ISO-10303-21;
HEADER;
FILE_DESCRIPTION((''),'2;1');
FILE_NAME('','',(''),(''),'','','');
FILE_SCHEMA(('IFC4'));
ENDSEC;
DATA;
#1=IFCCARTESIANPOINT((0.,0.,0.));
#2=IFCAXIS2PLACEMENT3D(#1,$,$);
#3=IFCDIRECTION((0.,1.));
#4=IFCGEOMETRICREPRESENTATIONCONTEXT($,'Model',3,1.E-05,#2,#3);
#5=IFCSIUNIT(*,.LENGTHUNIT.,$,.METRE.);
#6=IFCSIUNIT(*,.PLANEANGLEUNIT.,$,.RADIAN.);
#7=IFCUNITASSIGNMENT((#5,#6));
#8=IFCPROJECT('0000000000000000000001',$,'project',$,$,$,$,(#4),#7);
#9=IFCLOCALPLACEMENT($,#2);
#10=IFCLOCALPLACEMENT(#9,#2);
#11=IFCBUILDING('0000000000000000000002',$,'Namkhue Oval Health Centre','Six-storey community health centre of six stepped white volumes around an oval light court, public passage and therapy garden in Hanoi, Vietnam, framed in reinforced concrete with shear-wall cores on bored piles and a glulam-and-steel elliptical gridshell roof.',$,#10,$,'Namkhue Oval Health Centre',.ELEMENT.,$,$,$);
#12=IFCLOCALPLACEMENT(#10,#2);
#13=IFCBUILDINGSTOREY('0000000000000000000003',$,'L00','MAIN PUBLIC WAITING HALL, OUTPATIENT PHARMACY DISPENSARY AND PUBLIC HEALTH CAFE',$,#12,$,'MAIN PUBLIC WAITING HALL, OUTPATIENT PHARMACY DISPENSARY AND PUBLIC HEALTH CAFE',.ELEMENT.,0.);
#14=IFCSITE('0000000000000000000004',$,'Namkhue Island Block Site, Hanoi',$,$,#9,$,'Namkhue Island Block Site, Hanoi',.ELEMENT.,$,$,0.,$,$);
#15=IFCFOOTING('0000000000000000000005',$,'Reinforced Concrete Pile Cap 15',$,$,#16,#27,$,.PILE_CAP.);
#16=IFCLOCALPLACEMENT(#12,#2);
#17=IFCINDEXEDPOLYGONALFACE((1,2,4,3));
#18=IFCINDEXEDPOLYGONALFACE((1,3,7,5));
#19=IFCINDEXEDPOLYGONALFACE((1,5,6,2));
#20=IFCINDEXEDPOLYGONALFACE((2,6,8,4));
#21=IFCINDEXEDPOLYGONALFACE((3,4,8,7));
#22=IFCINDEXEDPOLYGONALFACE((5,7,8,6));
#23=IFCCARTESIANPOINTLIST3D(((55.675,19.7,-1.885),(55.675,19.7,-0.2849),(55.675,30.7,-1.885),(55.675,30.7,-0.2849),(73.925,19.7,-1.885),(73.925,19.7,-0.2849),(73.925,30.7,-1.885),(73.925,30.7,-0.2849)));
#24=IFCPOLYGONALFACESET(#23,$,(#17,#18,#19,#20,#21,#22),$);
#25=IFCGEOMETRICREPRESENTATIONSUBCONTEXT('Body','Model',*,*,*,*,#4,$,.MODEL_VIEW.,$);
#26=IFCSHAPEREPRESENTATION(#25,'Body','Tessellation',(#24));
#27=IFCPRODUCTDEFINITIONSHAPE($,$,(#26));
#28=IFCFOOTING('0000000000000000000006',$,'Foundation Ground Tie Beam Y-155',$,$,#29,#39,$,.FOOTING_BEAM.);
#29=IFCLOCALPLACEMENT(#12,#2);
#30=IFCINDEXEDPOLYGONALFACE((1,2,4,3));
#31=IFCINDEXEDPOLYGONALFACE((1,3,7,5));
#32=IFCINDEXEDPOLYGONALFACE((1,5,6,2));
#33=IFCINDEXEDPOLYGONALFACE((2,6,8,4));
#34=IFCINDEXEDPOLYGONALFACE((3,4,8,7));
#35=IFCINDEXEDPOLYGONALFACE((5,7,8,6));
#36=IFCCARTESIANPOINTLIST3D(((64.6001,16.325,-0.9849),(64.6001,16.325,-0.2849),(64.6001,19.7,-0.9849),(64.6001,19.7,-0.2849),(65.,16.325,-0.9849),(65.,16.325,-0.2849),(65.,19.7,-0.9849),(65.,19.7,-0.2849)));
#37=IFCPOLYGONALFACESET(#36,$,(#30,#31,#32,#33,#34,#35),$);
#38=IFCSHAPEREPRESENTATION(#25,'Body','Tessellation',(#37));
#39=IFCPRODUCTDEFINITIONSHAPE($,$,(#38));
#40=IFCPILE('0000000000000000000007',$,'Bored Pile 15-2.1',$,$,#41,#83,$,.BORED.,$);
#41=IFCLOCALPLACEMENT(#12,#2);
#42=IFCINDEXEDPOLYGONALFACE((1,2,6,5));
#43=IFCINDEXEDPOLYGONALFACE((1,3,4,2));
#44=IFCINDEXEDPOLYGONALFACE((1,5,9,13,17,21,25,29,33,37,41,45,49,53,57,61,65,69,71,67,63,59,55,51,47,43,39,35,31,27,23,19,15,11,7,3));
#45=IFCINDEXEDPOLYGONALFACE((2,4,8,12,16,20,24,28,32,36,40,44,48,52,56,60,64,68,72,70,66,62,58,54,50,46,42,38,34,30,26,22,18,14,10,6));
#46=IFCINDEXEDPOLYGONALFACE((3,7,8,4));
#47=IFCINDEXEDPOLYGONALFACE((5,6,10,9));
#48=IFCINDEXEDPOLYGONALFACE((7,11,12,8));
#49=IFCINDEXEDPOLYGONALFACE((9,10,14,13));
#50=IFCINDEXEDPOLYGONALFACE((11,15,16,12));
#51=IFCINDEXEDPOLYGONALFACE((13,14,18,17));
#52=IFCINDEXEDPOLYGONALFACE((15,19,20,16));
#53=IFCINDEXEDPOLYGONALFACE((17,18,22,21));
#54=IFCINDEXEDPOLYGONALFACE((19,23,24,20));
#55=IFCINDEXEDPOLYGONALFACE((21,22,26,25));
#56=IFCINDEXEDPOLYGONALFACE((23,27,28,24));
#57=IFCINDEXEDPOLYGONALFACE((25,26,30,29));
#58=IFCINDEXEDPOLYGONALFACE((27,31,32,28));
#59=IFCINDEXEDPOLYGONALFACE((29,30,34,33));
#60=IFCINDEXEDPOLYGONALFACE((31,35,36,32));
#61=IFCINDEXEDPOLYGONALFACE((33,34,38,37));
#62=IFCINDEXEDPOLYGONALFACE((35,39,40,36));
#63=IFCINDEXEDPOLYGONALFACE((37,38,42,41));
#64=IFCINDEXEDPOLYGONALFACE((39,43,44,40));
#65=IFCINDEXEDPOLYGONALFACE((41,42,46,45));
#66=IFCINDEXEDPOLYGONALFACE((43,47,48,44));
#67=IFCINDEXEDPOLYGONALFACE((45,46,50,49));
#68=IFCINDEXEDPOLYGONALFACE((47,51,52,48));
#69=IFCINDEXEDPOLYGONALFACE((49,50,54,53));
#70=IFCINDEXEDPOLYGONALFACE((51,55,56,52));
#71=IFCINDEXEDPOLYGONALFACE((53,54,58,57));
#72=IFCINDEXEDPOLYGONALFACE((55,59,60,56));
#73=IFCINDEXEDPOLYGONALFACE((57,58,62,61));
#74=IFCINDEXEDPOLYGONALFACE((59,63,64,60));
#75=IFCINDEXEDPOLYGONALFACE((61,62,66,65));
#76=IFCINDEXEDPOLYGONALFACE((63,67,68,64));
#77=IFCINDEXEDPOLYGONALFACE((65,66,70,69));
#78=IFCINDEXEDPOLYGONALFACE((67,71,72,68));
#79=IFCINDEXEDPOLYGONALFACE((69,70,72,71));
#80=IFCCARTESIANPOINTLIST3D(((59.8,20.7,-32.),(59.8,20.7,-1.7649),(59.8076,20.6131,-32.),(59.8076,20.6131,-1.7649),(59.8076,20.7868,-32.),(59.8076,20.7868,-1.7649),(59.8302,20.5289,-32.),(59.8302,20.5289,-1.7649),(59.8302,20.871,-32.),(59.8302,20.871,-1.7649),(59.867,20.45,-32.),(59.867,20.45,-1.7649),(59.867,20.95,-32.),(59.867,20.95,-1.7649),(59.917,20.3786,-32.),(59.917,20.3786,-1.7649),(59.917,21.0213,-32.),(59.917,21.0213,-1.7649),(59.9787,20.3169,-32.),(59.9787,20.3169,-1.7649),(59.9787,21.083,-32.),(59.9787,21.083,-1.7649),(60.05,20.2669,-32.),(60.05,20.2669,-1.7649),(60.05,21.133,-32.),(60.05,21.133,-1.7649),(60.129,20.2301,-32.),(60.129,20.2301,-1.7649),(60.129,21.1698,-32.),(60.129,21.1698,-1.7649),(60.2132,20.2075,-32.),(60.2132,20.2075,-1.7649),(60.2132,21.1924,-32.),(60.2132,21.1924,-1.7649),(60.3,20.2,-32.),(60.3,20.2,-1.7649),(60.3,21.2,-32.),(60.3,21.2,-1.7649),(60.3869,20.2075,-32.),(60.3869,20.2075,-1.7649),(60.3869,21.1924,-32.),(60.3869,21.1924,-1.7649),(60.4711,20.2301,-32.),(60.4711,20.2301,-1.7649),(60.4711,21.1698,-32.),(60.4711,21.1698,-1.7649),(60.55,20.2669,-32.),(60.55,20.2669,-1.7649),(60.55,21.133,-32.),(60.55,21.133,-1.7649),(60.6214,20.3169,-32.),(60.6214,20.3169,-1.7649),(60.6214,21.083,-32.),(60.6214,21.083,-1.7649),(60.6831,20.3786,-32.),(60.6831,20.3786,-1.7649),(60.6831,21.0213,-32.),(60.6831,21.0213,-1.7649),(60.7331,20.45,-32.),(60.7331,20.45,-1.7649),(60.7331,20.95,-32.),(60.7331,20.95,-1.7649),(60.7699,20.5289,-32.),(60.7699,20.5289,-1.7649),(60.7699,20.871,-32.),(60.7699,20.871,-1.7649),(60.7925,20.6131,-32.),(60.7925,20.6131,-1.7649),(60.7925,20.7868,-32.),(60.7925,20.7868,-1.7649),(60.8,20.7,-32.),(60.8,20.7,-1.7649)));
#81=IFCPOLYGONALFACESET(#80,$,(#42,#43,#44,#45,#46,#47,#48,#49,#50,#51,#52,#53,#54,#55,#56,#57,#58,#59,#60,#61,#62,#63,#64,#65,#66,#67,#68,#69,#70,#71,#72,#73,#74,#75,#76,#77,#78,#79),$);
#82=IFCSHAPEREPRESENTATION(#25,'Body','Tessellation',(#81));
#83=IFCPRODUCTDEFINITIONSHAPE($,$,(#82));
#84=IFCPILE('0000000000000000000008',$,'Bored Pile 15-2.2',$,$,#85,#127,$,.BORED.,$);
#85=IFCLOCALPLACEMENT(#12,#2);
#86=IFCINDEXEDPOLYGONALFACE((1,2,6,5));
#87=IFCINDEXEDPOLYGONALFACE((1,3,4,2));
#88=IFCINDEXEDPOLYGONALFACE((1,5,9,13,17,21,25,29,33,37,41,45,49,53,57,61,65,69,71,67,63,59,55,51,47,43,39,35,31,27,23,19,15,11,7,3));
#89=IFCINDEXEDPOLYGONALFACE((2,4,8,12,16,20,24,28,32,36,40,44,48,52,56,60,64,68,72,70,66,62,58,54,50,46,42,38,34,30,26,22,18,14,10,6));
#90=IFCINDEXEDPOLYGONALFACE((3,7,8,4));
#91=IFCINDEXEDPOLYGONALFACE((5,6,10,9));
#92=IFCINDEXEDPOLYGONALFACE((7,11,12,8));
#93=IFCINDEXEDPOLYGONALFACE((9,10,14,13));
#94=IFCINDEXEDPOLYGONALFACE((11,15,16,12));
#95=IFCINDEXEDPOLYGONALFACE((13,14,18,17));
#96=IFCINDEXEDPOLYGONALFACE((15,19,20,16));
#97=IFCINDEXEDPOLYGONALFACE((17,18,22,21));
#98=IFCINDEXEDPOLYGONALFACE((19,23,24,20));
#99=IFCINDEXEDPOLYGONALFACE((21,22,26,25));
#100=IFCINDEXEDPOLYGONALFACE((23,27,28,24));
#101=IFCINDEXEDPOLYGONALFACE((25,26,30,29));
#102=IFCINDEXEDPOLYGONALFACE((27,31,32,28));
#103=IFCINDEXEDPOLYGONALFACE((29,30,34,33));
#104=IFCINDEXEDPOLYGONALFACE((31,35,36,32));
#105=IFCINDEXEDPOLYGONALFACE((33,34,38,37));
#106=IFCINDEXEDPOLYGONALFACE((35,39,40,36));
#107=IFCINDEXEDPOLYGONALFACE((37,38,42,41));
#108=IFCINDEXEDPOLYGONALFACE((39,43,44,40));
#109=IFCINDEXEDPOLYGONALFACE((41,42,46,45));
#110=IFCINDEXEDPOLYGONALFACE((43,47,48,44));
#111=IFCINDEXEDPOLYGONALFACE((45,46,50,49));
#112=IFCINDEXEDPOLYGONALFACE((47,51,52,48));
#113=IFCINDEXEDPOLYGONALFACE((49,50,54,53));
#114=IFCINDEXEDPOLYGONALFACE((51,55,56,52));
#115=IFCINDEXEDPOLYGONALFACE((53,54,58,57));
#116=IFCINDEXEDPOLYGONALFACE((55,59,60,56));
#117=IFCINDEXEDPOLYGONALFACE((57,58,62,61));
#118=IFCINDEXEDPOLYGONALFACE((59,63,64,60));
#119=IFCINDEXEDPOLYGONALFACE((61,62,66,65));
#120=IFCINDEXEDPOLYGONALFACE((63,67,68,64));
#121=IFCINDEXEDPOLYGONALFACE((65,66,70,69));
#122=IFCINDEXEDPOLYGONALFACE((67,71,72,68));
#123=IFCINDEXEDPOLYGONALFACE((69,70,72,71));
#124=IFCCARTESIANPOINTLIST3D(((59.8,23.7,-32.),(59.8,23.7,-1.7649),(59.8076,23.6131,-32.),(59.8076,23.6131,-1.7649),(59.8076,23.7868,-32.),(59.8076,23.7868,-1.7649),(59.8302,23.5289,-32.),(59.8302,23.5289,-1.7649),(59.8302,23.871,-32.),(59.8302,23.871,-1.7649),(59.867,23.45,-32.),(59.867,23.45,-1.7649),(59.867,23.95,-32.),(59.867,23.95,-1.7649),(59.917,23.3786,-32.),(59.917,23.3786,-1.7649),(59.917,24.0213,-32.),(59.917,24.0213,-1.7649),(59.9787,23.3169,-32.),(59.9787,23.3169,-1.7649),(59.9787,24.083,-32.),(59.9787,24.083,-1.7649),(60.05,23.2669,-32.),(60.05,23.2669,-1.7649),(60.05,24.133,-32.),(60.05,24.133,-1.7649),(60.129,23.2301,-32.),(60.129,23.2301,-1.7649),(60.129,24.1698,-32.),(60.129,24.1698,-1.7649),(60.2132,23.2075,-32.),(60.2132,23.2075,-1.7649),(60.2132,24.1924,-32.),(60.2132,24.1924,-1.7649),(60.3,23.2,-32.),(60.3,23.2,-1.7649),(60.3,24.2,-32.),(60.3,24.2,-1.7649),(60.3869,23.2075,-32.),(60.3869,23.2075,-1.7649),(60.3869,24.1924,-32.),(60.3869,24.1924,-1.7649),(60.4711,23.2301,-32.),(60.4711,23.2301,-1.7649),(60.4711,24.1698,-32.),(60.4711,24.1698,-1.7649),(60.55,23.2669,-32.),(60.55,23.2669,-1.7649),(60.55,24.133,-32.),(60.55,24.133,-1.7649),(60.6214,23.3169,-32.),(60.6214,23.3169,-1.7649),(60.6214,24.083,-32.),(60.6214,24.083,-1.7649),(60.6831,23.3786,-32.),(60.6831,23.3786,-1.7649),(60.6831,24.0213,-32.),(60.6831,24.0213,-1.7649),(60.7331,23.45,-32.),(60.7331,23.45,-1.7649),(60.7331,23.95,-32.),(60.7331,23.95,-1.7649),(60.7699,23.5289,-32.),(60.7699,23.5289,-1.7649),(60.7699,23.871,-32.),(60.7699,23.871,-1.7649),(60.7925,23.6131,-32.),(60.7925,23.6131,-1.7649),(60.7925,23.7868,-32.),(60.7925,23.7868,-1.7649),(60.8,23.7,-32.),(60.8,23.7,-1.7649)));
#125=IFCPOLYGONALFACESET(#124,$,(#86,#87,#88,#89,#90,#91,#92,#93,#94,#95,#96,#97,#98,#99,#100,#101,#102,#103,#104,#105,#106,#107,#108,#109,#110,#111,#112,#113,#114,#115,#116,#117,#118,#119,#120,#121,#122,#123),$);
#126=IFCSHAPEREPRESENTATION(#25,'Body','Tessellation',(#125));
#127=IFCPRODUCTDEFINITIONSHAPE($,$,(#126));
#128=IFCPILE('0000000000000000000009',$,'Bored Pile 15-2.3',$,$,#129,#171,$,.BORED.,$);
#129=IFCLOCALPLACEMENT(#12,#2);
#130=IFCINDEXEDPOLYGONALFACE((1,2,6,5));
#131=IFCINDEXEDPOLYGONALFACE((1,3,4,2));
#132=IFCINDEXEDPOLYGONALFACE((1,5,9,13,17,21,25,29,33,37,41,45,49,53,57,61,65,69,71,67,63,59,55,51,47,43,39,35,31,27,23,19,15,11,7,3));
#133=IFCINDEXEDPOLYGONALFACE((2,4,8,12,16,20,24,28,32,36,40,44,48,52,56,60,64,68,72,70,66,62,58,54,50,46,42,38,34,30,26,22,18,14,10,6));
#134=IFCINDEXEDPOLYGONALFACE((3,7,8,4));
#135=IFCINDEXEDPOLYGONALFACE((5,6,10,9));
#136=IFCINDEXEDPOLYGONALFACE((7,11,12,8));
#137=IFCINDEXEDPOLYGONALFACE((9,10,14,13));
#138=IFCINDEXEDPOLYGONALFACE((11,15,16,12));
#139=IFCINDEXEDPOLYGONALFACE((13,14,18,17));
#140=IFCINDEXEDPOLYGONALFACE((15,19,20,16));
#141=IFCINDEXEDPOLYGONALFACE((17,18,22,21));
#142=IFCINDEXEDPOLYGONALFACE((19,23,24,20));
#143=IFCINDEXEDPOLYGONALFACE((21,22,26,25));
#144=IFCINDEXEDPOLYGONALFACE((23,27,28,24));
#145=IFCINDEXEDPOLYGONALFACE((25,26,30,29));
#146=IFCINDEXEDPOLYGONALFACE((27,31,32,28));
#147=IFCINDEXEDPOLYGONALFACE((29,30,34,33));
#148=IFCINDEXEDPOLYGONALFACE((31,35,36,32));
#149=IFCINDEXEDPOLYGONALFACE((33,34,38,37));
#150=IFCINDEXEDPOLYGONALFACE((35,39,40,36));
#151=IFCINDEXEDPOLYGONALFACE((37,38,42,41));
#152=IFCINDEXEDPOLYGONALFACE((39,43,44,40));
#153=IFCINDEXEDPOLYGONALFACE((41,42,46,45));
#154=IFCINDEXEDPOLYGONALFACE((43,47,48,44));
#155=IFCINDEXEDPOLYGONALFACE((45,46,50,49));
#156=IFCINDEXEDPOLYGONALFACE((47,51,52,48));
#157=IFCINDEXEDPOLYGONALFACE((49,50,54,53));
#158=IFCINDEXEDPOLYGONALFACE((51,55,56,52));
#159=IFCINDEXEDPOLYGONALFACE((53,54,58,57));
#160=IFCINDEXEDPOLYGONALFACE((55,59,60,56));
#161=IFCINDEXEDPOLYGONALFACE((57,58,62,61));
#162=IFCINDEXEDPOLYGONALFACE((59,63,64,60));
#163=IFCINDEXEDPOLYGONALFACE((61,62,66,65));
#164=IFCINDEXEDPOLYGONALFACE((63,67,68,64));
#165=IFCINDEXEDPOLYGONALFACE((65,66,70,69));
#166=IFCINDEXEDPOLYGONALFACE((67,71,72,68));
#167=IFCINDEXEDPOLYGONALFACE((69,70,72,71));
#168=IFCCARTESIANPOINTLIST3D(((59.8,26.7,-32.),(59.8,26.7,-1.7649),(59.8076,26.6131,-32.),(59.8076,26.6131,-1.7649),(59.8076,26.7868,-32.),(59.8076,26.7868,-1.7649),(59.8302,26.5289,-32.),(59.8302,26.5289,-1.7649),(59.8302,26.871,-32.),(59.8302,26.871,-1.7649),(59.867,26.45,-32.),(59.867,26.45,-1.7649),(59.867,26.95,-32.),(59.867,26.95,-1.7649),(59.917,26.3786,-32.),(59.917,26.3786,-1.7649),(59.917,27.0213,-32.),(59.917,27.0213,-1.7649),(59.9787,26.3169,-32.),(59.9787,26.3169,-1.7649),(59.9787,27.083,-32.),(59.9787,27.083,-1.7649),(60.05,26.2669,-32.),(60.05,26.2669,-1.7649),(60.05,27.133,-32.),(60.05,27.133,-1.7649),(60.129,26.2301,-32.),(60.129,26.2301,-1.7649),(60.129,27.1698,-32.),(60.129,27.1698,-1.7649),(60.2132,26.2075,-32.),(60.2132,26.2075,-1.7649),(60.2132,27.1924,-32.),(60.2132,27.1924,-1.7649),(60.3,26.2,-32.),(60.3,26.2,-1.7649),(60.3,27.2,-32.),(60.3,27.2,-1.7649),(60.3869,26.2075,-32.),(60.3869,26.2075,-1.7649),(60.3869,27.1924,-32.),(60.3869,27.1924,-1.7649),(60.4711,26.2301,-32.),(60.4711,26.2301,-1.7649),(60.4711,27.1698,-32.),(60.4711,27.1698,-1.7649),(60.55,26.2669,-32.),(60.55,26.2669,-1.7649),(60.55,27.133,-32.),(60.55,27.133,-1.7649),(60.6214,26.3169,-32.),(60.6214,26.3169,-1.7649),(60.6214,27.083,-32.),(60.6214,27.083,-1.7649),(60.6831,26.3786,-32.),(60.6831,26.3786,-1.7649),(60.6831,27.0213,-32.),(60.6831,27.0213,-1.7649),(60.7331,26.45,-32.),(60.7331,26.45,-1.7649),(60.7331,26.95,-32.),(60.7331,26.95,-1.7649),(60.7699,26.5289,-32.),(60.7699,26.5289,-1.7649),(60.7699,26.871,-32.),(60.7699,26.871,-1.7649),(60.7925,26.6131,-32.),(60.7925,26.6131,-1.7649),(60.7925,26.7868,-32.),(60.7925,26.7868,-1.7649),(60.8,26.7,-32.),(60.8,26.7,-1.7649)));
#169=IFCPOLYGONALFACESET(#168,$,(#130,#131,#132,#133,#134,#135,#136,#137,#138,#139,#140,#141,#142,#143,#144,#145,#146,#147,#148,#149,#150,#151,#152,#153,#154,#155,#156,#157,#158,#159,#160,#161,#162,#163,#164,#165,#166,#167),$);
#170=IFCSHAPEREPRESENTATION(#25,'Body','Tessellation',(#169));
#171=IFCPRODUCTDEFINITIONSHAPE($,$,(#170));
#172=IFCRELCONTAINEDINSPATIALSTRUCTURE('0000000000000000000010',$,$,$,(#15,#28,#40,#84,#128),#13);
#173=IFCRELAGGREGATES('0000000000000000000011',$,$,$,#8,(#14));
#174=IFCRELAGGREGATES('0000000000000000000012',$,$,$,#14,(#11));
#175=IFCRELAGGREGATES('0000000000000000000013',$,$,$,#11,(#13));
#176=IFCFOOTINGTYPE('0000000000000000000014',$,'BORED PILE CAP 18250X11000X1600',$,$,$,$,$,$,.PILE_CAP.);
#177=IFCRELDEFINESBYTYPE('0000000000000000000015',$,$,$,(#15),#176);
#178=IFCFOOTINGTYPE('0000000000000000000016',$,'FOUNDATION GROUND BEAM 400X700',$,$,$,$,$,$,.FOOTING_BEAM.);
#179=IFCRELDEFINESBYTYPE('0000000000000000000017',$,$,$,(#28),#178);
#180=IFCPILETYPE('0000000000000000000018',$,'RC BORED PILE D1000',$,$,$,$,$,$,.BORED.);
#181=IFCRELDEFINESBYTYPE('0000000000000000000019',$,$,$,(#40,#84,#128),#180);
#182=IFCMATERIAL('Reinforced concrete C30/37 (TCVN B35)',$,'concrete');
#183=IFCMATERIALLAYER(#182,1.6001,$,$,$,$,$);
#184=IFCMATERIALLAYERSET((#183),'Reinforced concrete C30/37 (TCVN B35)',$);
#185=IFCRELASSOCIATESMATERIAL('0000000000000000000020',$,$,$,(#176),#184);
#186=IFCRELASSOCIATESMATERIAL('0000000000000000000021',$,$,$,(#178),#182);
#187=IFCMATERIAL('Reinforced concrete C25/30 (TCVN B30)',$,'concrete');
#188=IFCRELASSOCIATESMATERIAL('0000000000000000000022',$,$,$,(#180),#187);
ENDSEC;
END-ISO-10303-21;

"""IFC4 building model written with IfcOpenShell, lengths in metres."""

from ifc_helpers import new_model, si_unit, direction, frame, origin, origin_2d, place, context, subcontext, project, spatial, rectangle, circle, extrude, material, layer, layer_set, material_profile, profile_set, type_object, element, save


model = new_model("IFC4")

# Units and contexts
model_context = context("Model", 3, precision=1e-05, world=origin(), true_north=direction((0.0, 1.0)))
body_context = subcontext(model_context, "Body", "Model", "MODEL_VIEW")
ifc_project = project(units=[si_unit("LENGTHUNIT", "METRE"), si_unit("PLANEANGLEUNIT", "RADIAN")], contexts=[model_context])

# Site, building, storey
site_placement = place(None, origin())
site = spatial("IfcSite", under=ifc_project, at=site_placement, Name="Namkhue Island Block Site, Hanoi", LongName="Namkhue Island Block Site, Hanoi", CompositionType="ELEMENT", RefElevation=0.0)
building_placement = place(site_placement, origin())
building = spatial("IfcBuilding", under=site, at=building_placement, Name="Namkhue Oval Health Centre", Description="Six-storey community health centre of six stepped white volumes around an oval light court, public passage and therapy garden in Hanoi, Vietnam, framed in reinforced concrete with shear-wall cores on bored piles and a glulam-and-steel elliptical gridshell roof.", LongName="Namkhue Oval Health Centre", CompositionType="ELEMENT")
storey_placement = place(building_placement, origin())
storey = spatial("IfcBuildingStorey", under=building, at=storey_placement, Name="L00", Description="MAIN PUBLIC WAITING HALL, OUTPATIENT PHARMACY DISPENSARY AND PUBLIC HEALTH CAFE", LongName="MAIN PUBLIC WAITING HALL, OUTPATIENT PHARMACY DISPENSARY AND PUBLIC HEALTH CAFE", CompositionType="ELEMENT", Elevation=0.0)

# Footings
ifc_material_1 = material(Name="Reinforced concrete C30/37 (TCVN B35)", Category="concrete")
ifc_layer_1 = layer(ifc_material_1, 1.6001)
ifc_layer_set_1 = layer_set([ifc_layer_1], Name="Reinforced concrete C30/37 (TCVN B35)")
footing_type_1 = type_object("IfcFootingType", Name="BORED PILE CAP 18250X11000X1600", PredefinedType="PILE_CAP", material=ifc_layer_set_1)
footing_1_placement = place(storey_placement, frame((64.8, 25.2, -1.885), z_axis=(0.0, 0.0, 1.0), x_axis=(1.0, 0.0, 0.0)))
element("IfcFooting", 1, at=footing_1_placement, inside=storey, type_object=footing_type_1, Name="Reinforced Concrete Pile Cap 15", PredefinedType="PILE_CAP", context=body_context, shape_type="SweptSolid", body=[
    extrude(rectangle(XDim=18.25, YDim=11.0, at=origin_2d()), origin(), (0.0, 0.0, 1.0), 1.6001),
])
footing_type_2 = type_object("IfcFootingType", Name="FOUNDATION GROUND BEAM 400X700", PredefinedType="FOOTING_BEAM", material=ifc_material_1)
footing_2_placement = place(storey_placement, frame((64.8, 18.0125, -0.9849), z_axis=(0.0, 0.0, 1.0), x_axis=(0.0, 1.0, 0.0)))
element("IfcFooting", 2, at=footing_2_placement, inside=storey, type_object=footing_type_2, Name="Foundation Ground Tie Beam Y-155", PredefinedType="FOOTING_BEAM", context=body_context, shape_type="SweptSolid", body=[
    extrude(rectangle(XDim=3.375, YDim=0.3999, at=origin_2d()), origin(), (0.0, 0.0, 1.0), 0.7),
])

# Piles
ifc_material_2 = material(Name="Reinforced concrete C25/30 (TCVN B30)", Category="concrete")
ifc_material_profile_1 = material_profile(ifc_material_2, circle(Radius=0.5, at=origin_2d()), Name="BORED PILE D1000")
ifc_profile_set_1 = profile_set([ifc_material_profile_1], Name="Reinforced concrete C25/30 (TCVN B30)")
pile_type_1 = type_object("IfcPileType", Name="RC BORED PILE D1000", PredefinedType="BORED", material=ifc_profile_set_1)
for number, where, z_axis, x_axis, name in (
    (3, (60.3, 20.7, -1.7649), (0.0, 0.0, -1.0), (1.0, 0.0, 0.0), "Bored Pile 15-2.1"),
    (4, (60.3, 23.7, -1.7649), (0.0, 0.0, -1.0), (1.0, 0.0, 0.0), "Bored Pile 15-2.2"),
    (5, (60.3, 26.7, -1.7649), (0.0, 0.0, -1.0), (1.0, 0.0, 0.0), "Bored Pile 15-2.3"),
):
    element("IfcPile", number, at=place(storey_placement, frame(where, z_axis=z_axis, x_axis=x_axis)), inside=storey, type_object=pile_type_1, Name=name, PredefinedType="BORED", context=body_context, shape_type="SweptSolid", body=[
        extrude(circle(Radius=0.5, at=origin_2d()), origin(), (0.0, 0.0, 1.0), 30.2351),
    ])

save(model, "model.ifc")
